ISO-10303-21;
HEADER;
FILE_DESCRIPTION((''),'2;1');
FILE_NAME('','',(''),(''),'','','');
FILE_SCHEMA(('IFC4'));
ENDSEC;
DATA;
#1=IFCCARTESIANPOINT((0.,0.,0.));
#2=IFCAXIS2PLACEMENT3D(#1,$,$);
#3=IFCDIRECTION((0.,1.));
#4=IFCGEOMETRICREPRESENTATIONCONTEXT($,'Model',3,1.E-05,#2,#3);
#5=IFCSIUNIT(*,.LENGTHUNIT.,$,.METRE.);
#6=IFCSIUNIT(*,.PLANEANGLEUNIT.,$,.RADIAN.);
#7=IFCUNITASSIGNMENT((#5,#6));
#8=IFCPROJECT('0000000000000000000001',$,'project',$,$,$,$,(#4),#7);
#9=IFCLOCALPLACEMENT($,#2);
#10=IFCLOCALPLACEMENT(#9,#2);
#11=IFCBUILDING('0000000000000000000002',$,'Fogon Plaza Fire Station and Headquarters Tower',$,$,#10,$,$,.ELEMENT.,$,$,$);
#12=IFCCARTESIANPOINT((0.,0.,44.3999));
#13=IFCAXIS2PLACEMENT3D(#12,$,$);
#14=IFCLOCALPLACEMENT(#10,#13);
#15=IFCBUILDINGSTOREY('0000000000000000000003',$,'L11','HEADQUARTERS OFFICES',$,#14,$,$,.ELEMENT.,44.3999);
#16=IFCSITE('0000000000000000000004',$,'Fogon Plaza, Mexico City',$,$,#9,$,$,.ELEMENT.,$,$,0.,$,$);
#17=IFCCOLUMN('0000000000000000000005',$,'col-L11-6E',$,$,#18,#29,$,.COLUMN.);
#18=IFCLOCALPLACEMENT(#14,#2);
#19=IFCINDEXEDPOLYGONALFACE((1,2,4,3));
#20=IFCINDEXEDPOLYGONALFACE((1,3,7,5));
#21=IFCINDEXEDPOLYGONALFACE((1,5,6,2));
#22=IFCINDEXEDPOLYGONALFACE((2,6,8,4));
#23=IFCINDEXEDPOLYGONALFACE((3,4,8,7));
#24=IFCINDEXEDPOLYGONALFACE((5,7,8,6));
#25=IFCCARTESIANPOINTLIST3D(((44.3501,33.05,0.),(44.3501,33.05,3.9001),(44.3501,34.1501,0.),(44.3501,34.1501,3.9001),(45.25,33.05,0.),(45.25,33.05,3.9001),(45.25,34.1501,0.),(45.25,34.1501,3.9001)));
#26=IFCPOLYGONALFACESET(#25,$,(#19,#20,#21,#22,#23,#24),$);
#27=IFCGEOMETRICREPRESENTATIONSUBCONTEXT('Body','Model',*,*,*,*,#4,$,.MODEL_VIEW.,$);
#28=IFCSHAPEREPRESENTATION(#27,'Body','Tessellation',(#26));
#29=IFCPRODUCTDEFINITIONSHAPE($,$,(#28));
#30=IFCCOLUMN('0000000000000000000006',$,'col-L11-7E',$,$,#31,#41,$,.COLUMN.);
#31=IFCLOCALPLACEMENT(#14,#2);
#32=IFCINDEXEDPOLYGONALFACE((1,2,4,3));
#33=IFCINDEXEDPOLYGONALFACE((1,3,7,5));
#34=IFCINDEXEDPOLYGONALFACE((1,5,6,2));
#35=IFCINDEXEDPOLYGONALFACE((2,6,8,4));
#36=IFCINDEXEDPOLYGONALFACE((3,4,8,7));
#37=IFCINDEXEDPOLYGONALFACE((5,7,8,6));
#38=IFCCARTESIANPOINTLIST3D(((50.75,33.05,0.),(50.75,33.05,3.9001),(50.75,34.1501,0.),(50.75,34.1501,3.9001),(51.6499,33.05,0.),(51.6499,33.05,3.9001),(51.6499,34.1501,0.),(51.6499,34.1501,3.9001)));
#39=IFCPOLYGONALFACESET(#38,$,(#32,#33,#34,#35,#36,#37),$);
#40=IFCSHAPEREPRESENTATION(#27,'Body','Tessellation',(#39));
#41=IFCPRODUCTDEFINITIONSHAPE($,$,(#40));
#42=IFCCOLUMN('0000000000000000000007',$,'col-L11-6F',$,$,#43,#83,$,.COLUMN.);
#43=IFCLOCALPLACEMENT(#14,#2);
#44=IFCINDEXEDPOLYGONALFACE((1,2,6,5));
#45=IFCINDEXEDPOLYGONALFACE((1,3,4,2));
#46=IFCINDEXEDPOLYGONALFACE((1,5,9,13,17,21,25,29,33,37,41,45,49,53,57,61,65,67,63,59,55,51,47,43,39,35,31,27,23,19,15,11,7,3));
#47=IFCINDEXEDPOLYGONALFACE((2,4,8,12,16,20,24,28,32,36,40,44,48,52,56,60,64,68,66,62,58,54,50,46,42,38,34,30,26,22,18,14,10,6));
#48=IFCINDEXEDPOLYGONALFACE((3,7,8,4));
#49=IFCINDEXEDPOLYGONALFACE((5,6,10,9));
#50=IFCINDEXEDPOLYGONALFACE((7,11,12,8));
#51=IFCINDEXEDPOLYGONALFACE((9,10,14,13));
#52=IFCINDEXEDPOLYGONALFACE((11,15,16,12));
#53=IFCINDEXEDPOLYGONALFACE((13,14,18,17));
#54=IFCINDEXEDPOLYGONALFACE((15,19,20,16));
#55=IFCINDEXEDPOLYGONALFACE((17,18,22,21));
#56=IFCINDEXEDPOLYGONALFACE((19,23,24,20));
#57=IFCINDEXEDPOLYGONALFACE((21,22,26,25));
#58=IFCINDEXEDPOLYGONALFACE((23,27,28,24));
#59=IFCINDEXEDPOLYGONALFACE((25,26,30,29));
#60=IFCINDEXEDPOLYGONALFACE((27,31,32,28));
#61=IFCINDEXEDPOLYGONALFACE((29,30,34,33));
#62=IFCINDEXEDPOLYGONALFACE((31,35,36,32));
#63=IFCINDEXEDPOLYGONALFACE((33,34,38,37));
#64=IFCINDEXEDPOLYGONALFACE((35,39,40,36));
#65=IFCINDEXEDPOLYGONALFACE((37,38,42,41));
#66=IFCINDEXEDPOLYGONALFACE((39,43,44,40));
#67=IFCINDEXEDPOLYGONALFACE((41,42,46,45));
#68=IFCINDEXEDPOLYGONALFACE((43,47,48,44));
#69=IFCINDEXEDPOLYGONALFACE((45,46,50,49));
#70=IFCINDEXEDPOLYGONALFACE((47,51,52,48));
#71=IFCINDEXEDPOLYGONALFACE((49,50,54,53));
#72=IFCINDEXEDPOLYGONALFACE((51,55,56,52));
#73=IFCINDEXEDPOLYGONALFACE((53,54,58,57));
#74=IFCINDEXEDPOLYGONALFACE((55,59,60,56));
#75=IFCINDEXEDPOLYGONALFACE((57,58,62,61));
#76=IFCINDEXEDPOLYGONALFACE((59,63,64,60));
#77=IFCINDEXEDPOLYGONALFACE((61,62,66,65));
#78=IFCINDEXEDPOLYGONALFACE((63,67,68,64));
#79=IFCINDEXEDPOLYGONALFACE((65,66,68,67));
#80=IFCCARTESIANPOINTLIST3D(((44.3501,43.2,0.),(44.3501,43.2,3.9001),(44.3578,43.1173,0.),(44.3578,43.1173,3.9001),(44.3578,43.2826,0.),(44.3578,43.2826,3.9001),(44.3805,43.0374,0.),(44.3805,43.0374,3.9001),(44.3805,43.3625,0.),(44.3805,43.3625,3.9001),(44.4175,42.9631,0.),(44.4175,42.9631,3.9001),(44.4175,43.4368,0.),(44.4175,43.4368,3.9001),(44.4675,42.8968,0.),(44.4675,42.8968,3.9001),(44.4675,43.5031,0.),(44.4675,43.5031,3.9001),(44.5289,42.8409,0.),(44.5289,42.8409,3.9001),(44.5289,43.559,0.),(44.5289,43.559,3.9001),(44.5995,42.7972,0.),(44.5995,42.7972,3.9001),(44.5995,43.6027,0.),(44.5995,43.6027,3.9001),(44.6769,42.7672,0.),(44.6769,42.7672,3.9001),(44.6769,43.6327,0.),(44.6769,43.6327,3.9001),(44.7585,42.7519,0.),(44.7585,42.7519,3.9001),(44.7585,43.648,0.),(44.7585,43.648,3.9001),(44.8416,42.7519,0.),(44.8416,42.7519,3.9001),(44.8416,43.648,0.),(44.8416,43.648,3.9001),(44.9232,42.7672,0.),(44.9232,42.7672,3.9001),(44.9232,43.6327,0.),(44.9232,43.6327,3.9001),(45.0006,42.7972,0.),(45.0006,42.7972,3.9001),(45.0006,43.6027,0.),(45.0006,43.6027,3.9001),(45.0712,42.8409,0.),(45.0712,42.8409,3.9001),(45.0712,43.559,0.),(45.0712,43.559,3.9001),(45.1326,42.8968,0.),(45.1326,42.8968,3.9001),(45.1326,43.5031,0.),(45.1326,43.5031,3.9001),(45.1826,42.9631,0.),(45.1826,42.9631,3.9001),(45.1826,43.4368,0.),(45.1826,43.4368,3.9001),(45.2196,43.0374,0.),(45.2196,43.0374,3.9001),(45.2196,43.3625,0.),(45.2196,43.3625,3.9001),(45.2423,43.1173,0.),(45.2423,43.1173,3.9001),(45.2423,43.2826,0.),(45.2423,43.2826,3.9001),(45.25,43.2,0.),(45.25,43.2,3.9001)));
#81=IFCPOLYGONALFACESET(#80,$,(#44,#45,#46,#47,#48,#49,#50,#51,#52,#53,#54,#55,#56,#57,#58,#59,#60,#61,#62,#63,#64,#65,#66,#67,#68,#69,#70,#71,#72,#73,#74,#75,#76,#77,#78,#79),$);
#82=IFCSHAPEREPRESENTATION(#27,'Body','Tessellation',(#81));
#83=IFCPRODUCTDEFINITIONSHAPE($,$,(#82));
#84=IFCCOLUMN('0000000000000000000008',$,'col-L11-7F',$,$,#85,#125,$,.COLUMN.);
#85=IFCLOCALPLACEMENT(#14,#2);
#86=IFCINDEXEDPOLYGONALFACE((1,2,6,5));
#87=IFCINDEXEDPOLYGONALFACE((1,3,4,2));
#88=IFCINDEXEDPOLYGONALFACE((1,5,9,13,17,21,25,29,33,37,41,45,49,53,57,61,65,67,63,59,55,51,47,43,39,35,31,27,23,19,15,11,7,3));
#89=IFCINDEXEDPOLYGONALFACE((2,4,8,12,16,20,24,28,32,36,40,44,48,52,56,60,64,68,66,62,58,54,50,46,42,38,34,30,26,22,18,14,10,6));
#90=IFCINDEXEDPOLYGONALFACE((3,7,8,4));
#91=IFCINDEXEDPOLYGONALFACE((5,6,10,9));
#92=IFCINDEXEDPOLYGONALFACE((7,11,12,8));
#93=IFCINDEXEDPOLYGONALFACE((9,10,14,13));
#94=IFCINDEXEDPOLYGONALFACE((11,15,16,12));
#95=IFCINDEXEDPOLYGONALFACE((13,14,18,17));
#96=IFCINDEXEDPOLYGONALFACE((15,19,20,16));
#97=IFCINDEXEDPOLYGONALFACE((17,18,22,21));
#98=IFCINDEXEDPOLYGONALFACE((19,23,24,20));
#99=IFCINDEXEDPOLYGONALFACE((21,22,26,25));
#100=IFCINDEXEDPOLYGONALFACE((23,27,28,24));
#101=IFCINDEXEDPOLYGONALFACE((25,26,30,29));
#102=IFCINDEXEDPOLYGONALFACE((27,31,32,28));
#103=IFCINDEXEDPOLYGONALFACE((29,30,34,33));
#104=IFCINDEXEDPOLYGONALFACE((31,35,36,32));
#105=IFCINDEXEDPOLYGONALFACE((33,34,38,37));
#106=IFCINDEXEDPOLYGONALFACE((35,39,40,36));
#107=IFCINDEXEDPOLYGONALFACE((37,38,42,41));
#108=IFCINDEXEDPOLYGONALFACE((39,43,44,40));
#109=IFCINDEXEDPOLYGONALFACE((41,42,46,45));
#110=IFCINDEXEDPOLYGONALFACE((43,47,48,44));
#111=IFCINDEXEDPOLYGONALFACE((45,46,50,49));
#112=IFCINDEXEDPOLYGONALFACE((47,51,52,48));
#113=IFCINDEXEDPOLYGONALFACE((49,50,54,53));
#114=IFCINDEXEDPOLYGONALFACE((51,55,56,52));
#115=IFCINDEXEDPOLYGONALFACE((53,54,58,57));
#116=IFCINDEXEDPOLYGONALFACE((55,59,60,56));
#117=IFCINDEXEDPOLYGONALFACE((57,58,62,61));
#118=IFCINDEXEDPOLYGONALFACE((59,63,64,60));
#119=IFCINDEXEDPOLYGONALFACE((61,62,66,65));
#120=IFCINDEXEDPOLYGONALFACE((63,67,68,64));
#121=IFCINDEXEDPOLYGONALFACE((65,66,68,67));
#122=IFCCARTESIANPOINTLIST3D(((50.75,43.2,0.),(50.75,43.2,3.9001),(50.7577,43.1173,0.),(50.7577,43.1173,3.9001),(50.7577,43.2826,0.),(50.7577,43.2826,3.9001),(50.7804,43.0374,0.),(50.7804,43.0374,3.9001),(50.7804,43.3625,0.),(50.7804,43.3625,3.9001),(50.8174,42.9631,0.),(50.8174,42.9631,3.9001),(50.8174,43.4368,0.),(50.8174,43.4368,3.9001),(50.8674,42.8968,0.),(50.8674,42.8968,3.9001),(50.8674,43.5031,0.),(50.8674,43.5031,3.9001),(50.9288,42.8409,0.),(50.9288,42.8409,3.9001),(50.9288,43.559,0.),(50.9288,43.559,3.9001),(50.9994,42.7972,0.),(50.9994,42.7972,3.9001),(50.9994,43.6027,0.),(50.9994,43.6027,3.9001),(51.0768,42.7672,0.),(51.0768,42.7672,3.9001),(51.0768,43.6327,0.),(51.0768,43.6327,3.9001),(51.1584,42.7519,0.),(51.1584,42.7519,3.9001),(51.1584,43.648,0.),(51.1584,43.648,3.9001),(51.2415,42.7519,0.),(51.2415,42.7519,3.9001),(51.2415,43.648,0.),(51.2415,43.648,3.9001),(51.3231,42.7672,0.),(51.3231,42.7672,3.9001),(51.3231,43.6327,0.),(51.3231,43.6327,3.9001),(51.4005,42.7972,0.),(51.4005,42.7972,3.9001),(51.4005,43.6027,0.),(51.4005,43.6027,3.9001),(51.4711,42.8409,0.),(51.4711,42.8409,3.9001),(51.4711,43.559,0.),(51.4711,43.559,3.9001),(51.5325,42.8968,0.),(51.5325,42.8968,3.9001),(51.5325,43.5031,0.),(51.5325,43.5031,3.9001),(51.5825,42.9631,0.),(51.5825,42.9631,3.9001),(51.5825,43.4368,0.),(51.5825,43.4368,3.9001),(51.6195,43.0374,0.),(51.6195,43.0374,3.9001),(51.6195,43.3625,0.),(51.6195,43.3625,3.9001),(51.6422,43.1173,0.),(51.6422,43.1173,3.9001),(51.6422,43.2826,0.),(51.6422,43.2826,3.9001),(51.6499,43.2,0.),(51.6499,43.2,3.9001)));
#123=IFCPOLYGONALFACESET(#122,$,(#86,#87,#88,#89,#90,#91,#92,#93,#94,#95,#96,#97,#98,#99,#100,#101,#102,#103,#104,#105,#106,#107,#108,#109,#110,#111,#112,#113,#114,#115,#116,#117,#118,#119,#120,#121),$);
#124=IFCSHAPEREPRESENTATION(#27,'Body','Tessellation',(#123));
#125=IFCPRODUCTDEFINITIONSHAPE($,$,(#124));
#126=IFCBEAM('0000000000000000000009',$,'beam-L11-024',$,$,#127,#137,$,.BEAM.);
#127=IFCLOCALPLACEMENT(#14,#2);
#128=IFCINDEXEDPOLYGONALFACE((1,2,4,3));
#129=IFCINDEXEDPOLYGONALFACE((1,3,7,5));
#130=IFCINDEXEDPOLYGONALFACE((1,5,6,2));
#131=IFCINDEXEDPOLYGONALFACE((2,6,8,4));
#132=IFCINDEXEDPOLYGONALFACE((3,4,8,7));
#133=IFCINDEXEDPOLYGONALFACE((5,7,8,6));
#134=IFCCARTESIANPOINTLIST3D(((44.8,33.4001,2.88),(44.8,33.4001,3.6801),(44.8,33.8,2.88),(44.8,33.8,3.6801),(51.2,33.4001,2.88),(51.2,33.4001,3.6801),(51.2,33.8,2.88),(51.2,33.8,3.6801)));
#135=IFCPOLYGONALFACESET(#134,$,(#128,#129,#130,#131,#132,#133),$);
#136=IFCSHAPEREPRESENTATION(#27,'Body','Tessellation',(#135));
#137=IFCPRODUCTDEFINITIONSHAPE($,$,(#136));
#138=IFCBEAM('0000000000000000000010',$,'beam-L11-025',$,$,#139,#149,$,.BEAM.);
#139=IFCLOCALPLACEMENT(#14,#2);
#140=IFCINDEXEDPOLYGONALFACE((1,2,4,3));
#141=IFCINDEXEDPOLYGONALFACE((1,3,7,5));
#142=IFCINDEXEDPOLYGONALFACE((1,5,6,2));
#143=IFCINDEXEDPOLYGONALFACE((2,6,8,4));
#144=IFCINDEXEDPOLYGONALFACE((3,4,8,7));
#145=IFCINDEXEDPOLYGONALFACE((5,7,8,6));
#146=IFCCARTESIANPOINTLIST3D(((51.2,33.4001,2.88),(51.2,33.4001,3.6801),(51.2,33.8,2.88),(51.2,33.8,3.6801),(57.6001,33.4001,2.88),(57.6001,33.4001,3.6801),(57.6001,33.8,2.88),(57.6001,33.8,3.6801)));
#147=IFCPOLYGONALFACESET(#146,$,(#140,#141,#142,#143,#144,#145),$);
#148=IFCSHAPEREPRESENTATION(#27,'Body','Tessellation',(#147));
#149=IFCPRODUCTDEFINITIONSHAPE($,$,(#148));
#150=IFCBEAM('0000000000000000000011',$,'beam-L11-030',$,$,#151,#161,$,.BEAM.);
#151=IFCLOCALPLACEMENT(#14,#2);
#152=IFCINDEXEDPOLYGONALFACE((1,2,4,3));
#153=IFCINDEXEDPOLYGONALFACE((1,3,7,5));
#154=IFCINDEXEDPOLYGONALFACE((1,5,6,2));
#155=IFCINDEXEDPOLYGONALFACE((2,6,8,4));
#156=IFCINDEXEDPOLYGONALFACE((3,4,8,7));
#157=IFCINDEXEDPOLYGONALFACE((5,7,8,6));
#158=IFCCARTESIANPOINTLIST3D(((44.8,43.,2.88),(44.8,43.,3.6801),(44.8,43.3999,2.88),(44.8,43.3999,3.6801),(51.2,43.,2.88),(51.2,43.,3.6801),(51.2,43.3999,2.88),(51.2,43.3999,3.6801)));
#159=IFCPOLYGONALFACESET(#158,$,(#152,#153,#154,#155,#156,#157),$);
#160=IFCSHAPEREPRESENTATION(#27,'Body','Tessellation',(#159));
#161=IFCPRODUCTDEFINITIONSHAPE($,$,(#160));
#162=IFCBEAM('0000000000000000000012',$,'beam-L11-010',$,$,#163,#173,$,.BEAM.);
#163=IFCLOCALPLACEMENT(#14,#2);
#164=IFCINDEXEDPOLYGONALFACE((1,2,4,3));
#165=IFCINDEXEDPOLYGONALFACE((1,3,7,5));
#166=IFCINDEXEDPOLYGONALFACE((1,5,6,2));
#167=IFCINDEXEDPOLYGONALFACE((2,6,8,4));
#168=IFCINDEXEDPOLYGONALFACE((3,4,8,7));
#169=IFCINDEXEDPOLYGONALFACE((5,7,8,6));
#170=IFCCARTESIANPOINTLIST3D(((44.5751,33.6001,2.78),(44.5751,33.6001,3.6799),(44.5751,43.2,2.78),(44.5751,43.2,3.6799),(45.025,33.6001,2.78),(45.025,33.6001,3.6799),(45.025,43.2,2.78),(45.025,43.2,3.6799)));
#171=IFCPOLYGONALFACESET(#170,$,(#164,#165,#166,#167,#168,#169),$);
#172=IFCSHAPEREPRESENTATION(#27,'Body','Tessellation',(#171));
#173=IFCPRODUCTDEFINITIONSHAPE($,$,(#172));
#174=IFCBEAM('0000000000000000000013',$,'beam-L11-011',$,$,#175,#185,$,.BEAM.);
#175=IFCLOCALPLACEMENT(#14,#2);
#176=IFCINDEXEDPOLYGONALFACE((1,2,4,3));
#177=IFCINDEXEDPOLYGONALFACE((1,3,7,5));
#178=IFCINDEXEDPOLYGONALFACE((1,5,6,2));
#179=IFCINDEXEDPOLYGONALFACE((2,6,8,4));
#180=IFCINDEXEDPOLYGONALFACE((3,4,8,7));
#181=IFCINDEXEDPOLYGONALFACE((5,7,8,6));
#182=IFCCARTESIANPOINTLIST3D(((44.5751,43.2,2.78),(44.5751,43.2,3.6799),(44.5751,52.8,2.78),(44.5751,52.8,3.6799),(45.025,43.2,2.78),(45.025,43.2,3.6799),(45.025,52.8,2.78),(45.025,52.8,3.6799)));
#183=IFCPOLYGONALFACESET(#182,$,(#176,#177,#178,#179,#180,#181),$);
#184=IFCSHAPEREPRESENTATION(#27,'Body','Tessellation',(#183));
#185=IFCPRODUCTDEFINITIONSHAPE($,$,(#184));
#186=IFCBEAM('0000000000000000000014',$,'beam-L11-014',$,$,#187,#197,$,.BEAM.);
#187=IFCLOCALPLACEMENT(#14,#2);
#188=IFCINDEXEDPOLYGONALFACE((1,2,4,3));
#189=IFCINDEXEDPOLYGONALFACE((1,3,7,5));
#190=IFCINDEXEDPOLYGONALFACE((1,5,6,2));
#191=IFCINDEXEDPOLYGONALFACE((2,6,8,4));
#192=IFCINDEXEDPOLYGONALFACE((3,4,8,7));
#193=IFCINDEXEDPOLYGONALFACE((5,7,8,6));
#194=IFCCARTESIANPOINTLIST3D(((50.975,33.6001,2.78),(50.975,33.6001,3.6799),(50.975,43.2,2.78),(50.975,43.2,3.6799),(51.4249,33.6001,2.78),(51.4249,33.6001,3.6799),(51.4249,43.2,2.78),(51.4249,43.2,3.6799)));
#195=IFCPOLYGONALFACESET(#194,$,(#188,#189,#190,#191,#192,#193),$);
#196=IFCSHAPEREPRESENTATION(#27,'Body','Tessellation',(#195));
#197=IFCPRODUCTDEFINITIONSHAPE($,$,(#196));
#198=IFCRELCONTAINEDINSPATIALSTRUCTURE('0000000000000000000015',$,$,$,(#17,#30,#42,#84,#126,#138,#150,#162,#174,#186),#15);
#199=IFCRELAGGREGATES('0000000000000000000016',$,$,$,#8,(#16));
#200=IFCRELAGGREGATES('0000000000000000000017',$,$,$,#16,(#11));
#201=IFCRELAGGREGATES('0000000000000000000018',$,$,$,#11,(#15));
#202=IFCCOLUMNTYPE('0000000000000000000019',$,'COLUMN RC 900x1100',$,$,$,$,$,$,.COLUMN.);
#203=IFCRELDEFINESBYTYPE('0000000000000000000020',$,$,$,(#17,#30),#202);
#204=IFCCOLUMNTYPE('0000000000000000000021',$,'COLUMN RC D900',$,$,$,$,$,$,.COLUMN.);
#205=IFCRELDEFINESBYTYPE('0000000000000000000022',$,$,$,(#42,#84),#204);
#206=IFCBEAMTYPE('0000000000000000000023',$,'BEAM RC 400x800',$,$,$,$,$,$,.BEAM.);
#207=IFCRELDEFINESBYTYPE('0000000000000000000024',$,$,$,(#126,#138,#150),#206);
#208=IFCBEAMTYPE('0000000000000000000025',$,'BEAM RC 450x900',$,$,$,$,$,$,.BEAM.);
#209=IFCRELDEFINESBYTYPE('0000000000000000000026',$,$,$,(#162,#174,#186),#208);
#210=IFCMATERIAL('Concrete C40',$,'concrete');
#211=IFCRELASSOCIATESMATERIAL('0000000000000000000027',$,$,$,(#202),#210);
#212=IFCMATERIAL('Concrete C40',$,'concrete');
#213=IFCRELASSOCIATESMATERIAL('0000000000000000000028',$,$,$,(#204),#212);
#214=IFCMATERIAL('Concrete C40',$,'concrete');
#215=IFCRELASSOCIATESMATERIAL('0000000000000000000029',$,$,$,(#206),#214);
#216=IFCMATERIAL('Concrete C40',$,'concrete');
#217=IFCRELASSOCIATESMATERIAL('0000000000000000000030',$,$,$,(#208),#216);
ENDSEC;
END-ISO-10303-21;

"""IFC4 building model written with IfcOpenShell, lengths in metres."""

from ifc_helpers import new_model, si_unit, direction, frame, origin, origin_2d, place, context, subcontext, project, spatial, rectangle, circle, extrude, material, material_profile, profile_set, type_object, element, save


model = new_model("IFC4")

# Units and contexts
model_context = context("Model", 3, precision=1e-05, world=origin(), true_north=direction((0.0, 1.0)))
body_context = subcontext(model_context, "Body", "Model", "MODEL_VIEW")
ifc_project = project(units=[si_unit("LENGTHUNIT", "METRE"), si_unit("PLANEANGLEUNIT", "RADIAN")], contexts=[model_context])

# Site, building, storey
site_placement = place(None, origin())
site = spatial("IfcSite", under=ifc_project, at=site_placement, Name="Fogon Plaza, Mexico City", CompositionType="ELEMENT", RefElevation=0.0)
building_placement = place(site_placement, origin())
building = spatial("IfcBuilding", under=site, at=building_placement, Name="Fogon Plaza Fire Station and Headquarters Tower", CompositionType="ELEMENT")
storey_placement = place(building_placement, frame((0.0, 0.0, 44.3999)))
storey = spatial("IfcBuildingStorey", under=building, at=storey_placement, Name="L11", Description="HEADQUARTERS OFFICES", CompositionType="ELEMENT", Elevation=44.3999)

# Columns
ifc_material_1 = material(Name="Concrete C40", Category="concrete")
ifc_material_profile_1 = material_profile(ifc_material_1, rectangle(XDim=0.8999, YDim=1.1001, at=origin_2d()), Name="RC 900x1100")
ifc_profile_set_1 = profile_set([ifc_material_profile_1], Name="Concrete C40")
column_type_1 = type_object("IfcColumnType", Name="COLUMN RC 900x1100", PredefinedType="COLUMN", material=ifc_profile_set_1)
for number, where, z_axis, x_axis, name in (
    (1, (44.8, 33.6001, 0.0), (0.0, 0.0, 1.0), (1.0, 0.0, 0.0), "col-L11-6E"),
    (2, (51.2, 33.6001, 0.0), (0.0, 0.0, 1.0), (1.0, 0.0, 0.0), "col-L11-7E"),
):
    element("IfcColumn", number, at=place(storey_placement, frame(where, z_axis=z_axis, x_axis=x_axis)), inside=storey, type_object=column_type_1, Name=name, PredefinedType="COLUMN", context=body_context, shape_type="SweptSolid", body=[
        extrude(rectangle(XDim=0.8999, YDim=1.1001, at=origin_2d()), origin(), (0.0, 0.0, 1.0), 3.9001),
    ])
ifc_material_2 = material(Name="Concrete C40", Category="concrete")
ifc_material_profile_2 = material_profile(ifc_material_2, circle(Radius=0.45, at=origin_2d()), Name="RC D900")
ifc_profile_set_2 = profile_set([ifc_material_profile_2], Name="Concrete C40")
column_type_2 = type_object("IfcColumnType", Name="COLUMN RC D900", PredefinedType="COLUMN", material=ifc_profile_set_2)
for number, where, z_axis, x_axis, name in (
    (3, (44.8, 43.2, 0.0), (0.0, 0.0, 1.0), (1.0, 0.0, 0.0), "col-L11-6F"),
    (4, (51.2, 43.2, 0.0), (0.0, 0.0, 1.0), (1.0, 0.0, 0.0), "col-L11-7F"),
):
    element("IfcColumn", number, at=place(storey_placement, frame(where, z_axis=z_axis, x_axis=x_axis)), inside=storey, type_object=column_type_2, Name=name, PredefinedType="COLUMN", context=body_context, shape_type="SweptSolid", body=[
        extrude(circle(Radius=0.45, at=origin_2d()), origin(), (0.0, 0.0, 1.0), 3.9001),
    ])

# Beams
ifc_material_3 = material(Name="Concrete C40", Category="concrete")
ifc_material_profile_3 = material_profile(ifc_material_3, rectangle(XDim=0.3999, YDim=0.8, at=origin_2d()), Name="RC 400x800")
ifc_profile_set_3 = profile_set([ifc_material_profile_3], Name="Concrete C40")
beam_type_1 = type_object("IfcBeamType", Name="BEAM RC 400x800", PredefinedType="BEAM", material=ifc_profile_set_3)
beam_1_placement = place(storey_placement, frame((44.8, 33.6001, 3.28), z_axis=(1.0, 0.0, 0.0), x_axis=(0.0, 1.0, 0.0)))
element("IfcBeam", 5, at=beam_1_placement, inside=storey, type_object=beam_type_1, Name="beam-L11-024", PredefinedType="BEAM", context=body_context, shape_type="SweptSolid", body=[
    extrude(rectangle(XDim=0.3999, YDim=0.8, at=origin_2d()), origin(), (0.0, 0.0, 1.0), 6.3999),
])
beam_2_placement = place(storey_placement, frame((51.2, 33.6001, 3.28), z_axis=(1.0, 0.0, 0.0), x_axis=(0.0, 1.0, 0.0)))
element("IfcBeam", 6, at=beam_2_placement, inside=storey, type_object=beam_type_1, Name="beam-L11-025", PredefinedType="BEAM", context=body_context, shape_type="SweptSolid", body=[
    extrude(rectangle(XDim=0.3999, YDim=0.8, at=origin_2d()), origin(), (0.0, 0.0, 1.0), 6.4001),
])
beam_3_placement = place(storey_placement, frame((44.8, 43.2, 3.28), z_axis=(1.0, 0.0, 0.0), x_axis=(0.0, 1.0, 0.0)))
element("IfcBeam", 7, at=beam_3_placement, inside=storey, type_object=beam_type_1, Name="beam-L11-030", PredefinedType="BEAM", context=body_context, shape_type="SweptSolid", body=[
    extrude(rectangle(XDim=0.3999, YDim=0.8, at=origin_2d()), origin(), (0.0, 0.0, 1.0), 6.3999),
])
ifc_material_4 = material(Name="Concrete C40", Category="concrete")
ifc_material_profile_4 = material_profile(ifc_material_4, rectangle(XDim=0.45, YDim=0.8999, at=origin_2d()), Name="RC 450x900")
ifc_profile_set_4 = profile_set([ifc_material_profile_4], Name="Concrete C40")
beam_type_2 = type_object("IfcBeamType", Name="BEAM RC 450x900", PredefinedType="BEAM", material=ifc_profile_set_4)
beam_4_placement = place(storey_placement, frame((44.8, 33.6001, 3.23), z_axis=(0.0, 1.0, 0.0), x_axis=(-1.0, 0.0, 0.0)))
element("IfcBeam", 8, at=beam_4_placement, inside=storey, type_object=beam_type_2, Name="beam-L11-010", PredefinedType="BEAM", context=body_context, shape_type="SweptSolid", body=[
    extrude(rectangle(XDim=0.45, YDim=0.8999, at=origin_2d()), origin(), (0.0, 0.0, 1.0), 9.5999),
])
beam_5_placement = place(storey_placement, frame((44.8, 43.2, 3.23), z_axis=(0.0, 1.0, 0.0), x_axis=(-1.0, 0.0, 0.0)))
element("IfcBeam", 9, at=beam_5_placement, inside=storey, type_object=beam_type_2, Name="beam-L11-011", PredefinedType="BEAM", context=body_context, shape_type="SweptSolid", body=[
    extrude(rectangle(XDim=0.45, YDim=0.8999, at=origin_2d()), origin(), (0.0, 0.0, 1.0), 9.6001),
])
beam_6_placement = place(storey_placement, frame((51.2, 33.6001, 3.23), z_axis=(0.0, 1.0, 0.0), x_axis=(-1.0, 0.0, 0.0)))
element("IfcBeam", 10, at=beam_6_placement, inside=storey, type_object=beam_type_2, Name="beam-L11-014", PredefinedType="BEAM", context=body_context, shape_type="SweptSolid", body=[
    extrude(rectangle(XDim=0.45, YDim=0.8999, at=origin_2d()), origin(), (0.0, 0.0, 1.0), 9.5999),
])

save(model, "model.ifc")
